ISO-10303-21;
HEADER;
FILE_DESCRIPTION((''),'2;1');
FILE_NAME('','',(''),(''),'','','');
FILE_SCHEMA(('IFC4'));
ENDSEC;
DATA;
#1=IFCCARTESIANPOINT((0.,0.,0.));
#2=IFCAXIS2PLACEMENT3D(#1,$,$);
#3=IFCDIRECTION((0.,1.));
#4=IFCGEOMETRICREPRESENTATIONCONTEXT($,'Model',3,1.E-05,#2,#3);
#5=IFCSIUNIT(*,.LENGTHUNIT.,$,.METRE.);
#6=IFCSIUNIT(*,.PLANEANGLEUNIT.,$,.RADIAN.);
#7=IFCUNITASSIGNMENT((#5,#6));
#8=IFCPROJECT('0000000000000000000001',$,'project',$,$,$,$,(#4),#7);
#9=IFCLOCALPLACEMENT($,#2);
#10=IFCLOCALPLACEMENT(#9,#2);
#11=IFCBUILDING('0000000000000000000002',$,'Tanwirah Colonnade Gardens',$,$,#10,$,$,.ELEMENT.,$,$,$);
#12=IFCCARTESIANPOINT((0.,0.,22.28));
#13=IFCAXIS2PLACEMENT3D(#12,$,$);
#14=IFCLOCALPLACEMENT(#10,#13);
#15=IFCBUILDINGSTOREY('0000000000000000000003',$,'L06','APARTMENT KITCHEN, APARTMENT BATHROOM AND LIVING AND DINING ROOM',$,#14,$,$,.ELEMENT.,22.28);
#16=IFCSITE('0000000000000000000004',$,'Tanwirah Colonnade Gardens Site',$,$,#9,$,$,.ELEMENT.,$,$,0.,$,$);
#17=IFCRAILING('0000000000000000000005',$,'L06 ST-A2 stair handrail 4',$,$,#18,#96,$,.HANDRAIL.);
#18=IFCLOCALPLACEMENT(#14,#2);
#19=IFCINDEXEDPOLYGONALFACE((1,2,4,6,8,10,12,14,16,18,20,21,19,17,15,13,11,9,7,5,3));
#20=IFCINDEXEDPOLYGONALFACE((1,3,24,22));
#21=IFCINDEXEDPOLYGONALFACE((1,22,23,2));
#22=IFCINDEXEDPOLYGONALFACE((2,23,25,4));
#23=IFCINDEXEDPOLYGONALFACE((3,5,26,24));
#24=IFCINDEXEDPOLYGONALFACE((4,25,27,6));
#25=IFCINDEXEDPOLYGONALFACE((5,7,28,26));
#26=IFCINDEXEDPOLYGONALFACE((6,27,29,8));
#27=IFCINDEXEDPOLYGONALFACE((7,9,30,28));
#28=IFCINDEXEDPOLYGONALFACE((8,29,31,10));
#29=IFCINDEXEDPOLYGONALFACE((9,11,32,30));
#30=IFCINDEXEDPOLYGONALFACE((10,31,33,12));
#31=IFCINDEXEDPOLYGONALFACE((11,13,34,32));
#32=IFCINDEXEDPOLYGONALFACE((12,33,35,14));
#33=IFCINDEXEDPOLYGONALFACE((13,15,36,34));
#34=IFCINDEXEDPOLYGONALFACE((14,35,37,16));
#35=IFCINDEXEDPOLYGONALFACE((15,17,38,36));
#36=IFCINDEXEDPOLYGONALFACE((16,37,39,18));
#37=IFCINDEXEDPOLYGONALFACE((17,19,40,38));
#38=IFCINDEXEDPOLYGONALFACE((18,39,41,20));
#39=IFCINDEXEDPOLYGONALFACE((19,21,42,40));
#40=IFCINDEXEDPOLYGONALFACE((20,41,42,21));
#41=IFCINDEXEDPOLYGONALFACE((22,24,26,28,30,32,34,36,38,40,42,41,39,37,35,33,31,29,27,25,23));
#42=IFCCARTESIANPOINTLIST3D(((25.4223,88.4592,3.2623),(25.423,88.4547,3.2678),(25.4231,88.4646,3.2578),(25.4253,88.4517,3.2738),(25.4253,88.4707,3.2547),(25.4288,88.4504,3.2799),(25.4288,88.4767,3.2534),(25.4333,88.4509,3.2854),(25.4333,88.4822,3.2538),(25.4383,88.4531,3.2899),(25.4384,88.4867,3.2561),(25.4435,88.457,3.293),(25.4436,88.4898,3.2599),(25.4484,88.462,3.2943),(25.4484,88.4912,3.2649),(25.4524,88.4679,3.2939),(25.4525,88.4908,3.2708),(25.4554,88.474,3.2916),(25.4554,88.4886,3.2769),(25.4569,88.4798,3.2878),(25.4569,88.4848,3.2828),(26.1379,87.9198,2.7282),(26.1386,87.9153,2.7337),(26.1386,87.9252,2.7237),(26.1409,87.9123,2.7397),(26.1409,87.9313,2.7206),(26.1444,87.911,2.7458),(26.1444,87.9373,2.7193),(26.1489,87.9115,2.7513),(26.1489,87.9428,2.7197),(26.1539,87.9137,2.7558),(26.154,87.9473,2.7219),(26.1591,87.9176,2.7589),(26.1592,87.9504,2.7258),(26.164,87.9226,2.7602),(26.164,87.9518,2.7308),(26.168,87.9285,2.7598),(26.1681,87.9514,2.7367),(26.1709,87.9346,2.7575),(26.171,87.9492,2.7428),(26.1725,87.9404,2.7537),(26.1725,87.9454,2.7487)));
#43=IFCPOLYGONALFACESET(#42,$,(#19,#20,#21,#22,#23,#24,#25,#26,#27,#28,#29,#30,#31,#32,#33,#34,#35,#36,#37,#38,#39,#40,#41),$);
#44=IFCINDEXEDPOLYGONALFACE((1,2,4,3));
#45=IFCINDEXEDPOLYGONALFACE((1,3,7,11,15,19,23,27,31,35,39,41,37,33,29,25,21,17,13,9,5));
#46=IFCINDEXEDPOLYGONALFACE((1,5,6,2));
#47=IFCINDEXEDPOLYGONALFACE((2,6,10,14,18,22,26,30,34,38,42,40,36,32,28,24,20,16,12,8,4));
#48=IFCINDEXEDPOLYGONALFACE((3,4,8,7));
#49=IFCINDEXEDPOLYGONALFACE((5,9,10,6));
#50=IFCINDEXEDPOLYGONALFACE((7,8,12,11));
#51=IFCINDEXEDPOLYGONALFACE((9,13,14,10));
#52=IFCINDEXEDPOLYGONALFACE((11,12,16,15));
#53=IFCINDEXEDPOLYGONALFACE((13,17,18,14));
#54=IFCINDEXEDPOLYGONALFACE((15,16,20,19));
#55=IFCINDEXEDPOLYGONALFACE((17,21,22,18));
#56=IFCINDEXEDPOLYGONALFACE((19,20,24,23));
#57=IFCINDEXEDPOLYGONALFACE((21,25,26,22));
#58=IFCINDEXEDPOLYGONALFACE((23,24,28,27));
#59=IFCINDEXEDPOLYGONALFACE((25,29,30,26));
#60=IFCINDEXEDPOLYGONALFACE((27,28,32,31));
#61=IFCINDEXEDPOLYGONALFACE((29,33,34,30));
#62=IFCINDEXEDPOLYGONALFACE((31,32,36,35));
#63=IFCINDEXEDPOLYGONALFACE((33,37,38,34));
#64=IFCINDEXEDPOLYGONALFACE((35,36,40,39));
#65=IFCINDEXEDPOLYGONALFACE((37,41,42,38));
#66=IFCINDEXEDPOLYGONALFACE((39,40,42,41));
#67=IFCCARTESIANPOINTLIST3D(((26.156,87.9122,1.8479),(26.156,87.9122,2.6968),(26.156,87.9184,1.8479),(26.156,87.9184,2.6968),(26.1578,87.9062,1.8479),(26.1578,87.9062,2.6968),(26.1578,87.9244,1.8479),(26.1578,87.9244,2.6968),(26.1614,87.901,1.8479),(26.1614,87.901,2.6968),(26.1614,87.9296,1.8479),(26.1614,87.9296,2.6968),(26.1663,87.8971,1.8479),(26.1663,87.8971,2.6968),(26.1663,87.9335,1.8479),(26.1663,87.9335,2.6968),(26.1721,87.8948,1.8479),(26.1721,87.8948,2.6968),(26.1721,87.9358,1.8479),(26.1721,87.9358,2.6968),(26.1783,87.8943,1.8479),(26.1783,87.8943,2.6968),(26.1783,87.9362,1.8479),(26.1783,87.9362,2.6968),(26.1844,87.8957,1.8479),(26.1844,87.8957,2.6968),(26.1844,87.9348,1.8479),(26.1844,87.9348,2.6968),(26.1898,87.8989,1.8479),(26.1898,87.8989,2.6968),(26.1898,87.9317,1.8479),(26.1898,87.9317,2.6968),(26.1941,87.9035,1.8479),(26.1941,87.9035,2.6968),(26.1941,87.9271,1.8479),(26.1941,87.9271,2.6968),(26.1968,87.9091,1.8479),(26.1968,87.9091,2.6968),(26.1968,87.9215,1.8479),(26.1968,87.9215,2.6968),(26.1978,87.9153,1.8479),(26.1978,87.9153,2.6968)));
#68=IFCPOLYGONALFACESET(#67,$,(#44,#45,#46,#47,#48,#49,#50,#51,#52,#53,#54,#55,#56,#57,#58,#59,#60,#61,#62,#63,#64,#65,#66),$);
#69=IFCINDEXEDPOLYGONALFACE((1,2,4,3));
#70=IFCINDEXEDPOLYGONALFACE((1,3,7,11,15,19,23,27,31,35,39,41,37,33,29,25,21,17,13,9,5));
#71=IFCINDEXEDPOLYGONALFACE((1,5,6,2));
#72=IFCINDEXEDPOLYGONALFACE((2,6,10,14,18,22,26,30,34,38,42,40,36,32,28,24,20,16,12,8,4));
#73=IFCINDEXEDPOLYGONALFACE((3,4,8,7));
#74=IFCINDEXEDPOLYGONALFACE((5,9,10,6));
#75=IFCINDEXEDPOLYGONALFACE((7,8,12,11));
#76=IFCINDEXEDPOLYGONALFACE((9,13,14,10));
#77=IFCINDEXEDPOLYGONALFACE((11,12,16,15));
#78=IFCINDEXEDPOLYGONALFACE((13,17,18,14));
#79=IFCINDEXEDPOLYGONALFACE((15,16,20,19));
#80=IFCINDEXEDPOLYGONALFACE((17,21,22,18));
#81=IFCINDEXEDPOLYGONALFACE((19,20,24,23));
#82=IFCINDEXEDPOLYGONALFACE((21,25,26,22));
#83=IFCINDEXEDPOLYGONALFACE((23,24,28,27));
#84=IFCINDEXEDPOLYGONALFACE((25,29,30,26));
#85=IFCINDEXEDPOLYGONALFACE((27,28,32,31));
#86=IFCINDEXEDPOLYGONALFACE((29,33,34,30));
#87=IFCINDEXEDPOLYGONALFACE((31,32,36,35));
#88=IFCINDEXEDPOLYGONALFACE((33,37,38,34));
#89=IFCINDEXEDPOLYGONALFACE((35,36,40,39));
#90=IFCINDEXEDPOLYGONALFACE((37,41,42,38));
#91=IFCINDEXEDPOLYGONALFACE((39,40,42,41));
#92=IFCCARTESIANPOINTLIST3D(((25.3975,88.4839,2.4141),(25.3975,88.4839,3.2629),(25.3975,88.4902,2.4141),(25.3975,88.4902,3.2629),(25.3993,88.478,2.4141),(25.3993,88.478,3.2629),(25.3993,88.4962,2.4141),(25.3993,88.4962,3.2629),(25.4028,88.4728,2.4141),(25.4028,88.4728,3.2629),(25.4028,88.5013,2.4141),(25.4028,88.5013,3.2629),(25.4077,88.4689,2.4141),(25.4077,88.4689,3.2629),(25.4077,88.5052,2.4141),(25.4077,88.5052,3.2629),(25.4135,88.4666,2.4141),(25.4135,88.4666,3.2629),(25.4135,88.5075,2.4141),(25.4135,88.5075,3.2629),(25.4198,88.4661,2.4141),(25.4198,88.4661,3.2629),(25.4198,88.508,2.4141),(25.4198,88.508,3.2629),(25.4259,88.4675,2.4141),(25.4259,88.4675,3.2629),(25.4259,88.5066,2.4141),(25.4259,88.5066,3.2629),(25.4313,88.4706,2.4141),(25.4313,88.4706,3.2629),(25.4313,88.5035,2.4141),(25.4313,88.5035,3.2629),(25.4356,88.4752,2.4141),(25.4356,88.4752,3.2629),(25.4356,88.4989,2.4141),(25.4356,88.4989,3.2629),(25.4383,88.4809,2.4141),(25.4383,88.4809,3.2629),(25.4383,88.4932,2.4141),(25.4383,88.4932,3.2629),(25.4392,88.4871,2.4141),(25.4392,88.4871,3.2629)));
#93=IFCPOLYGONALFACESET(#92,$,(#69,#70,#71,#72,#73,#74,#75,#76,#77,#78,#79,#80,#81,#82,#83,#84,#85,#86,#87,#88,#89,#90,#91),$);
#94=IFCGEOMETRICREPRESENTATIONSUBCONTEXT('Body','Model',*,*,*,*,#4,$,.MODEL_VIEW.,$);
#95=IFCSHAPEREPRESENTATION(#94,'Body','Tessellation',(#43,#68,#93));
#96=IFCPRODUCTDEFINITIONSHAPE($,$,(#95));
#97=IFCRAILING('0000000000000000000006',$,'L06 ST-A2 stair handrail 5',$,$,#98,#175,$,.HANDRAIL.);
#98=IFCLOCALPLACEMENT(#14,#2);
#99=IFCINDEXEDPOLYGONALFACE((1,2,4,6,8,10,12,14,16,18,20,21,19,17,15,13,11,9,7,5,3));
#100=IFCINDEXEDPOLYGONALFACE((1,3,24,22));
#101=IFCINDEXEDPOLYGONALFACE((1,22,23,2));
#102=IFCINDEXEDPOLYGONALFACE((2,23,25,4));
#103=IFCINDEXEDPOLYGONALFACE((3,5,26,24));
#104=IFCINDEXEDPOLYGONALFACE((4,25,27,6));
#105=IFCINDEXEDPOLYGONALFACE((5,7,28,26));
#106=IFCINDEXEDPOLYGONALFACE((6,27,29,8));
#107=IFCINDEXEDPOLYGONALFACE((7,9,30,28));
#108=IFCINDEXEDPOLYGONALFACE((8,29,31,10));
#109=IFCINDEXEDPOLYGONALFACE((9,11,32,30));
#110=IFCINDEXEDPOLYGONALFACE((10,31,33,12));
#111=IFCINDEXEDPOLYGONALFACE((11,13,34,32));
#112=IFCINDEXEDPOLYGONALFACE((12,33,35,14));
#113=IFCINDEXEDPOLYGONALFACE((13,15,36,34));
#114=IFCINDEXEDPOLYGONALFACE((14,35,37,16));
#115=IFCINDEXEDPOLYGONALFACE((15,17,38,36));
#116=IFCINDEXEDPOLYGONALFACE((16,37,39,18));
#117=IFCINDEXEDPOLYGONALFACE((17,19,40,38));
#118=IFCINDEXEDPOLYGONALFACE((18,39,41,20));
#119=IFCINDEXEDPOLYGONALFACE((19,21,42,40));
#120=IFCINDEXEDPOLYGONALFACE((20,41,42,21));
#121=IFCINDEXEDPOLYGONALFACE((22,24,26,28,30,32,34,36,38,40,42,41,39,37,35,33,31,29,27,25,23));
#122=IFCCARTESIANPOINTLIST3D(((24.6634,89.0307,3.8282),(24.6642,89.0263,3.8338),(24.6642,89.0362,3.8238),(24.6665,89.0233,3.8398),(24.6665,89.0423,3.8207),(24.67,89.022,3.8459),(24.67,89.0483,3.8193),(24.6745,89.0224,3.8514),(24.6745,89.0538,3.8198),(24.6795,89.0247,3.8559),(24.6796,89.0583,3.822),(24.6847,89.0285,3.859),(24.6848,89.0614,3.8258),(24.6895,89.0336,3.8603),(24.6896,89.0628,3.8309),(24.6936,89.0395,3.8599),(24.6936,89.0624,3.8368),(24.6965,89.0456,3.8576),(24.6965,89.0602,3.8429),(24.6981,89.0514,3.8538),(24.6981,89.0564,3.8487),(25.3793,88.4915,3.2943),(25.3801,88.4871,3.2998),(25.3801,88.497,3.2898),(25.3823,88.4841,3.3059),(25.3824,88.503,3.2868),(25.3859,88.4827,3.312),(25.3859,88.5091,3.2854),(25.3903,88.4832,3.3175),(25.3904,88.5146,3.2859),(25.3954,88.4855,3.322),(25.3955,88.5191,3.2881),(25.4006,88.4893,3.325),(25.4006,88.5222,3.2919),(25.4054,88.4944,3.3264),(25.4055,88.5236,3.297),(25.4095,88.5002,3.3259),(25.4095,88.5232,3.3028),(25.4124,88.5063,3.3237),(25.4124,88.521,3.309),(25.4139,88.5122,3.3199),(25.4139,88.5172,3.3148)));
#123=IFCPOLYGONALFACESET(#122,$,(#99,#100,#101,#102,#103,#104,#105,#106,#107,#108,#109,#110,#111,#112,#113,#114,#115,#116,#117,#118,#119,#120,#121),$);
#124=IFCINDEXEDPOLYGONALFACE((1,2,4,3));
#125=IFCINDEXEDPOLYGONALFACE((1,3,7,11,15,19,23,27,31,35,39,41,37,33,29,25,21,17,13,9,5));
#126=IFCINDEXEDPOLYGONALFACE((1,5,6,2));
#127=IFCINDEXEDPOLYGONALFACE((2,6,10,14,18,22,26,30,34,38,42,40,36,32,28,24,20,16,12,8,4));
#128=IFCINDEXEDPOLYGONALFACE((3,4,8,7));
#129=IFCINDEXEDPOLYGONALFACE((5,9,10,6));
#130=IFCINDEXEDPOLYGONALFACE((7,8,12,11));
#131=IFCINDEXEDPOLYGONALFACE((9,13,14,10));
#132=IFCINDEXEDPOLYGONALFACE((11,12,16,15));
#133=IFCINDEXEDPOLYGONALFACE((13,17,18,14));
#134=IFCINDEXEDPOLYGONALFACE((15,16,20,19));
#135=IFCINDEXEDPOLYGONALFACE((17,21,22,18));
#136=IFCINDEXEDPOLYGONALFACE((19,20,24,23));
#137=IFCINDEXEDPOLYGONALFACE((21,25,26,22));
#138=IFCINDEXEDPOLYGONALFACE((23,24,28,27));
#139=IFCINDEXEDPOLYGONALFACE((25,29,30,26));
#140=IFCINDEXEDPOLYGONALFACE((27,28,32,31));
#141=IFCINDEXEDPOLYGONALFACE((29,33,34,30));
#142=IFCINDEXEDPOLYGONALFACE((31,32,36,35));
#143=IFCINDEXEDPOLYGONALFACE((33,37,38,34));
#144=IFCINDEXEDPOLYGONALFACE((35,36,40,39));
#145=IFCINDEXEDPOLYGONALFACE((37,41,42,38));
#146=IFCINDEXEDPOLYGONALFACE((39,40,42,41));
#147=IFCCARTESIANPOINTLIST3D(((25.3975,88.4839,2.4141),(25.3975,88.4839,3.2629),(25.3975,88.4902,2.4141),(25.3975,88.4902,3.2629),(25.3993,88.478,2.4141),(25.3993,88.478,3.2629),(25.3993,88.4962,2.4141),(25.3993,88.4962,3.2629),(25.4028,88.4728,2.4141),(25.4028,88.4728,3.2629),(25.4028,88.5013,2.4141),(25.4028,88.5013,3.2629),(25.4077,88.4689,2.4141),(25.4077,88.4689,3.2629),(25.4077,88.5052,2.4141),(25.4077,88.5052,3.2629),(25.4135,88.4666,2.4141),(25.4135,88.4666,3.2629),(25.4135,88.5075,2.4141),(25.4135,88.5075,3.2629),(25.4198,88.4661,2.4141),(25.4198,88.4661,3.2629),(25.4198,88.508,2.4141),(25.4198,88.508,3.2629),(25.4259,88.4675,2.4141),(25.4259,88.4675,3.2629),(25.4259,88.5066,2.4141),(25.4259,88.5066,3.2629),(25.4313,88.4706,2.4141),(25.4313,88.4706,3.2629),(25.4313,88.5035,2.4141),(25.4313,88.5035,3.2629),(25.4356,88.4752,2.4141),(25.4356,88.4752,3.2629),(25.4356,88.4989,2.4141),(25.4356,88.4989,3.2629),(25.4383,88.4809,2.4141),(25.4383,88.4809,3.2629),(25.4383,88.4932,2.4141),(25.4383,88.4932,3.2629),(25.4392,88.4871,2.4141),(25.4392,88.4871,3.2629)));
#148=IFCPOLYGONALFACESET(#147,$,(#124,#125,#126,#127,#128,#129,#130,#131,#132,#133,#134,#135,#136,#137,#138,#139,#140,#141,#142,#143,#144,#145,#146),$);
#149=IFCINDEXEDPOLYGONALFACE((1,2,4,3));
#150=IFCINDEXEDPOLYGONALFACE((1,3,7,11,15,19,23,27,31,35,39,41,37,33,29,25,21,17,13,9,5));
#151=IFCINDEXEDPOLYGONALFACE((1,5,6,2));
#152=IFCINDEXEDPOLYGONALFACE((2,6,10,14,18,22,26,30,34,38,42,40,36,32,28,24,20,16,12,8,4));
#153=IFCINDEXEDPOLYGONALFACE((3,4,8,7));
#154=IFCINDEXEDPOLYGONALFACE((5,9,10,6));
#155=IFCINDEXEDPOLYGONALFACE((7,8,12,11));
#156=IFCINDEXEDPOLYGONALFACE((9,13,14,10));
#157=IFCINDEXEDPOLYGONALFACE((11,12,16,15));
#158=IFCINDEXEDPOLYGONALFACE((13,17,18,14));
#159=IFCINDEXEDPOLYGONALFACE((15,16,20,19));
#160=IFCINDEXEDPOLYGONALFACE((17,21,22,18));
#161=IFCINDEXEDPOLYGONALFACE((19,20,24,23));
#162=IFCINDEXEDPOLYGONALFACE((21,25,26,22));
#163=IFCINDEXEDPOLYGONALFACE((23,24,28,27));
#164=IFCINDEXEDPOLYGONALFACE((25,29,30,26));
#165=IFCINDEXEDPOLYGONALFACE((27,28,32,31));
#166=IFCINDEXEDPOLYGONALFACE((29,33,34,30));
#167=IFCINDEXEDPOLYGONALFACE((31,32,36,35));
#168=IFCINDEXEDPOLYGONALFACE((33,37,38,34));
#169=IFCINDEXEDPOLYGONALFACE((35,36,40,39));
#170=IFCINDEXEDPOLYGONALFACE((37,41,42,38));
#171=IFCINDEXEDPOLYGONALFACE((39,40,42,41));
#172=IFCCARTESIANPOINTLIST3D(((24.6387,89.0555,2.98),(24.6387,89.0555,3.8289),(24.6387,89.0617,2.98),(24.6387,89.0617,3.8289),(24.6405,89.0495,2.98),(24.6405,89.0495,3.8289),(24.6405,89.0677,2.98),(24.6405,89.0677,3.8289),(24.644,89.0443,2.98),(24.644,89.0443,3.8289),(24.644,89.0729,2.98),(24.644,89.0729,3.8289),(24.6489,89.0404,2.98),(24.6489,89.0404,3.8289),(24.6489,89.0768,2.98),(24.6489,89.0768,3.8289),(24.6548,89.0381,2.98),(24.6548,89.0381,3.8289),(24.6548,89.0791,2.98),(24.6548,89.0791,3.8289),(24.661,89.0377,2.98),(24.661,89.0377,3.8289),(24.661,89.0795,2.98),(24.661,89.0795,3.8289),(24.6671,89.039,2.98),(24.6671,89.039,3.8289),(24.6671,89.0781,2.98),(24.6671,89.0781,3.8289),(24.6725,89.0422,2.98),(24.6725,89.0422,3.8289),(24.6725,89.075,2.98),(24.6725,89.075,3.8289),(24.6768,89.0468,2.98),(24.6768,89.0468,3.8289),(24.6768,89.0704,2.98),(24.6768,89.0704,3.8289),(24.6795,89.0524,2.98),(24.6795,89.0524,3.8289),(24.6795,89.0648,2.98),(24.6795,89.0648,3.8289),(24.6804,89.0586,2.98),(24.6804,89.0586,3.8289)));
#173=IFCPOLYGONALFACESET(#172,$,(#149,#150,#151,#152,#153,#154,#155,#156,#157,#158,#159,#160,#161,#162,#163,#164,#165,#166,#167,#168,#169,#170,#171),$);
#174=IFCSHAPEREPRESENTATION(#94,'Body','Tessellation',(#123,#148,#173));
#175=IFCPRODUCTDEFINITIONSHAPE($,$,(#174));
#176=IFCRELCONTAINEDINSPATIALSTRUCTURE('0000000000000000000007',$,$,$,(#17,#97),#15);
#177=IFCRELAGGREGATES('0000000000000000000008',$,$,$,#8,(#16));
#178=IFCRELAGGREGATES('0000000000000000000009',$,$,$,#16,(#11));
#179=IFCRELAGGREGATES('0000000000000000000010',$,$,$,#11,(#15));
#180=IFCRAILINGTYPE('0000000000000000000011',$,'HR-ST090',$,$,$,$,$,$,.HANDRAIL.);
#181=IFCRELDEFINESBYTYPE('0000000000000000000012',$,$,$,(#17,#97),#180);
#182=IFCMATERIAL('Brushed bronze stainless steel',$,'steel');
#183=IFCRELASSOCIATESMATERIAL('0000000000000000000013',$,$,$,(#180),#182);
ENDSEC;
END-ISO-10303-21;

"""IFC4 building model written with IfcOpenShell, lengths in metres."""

from ifc_helpers import new_model, si_unit, direction, frame, origin, origin_2d, place, context, subcontext, project, spatial, circle, extrude, material, type_object, element, save


model = new_model("IFC4")

# Units and contexts
model_context = context("Model", 3, precision=1e-05, world=origin(), true_north=direction((0.0, 1.0)))
body_context = subcontext(model_context, "Body", "Model", "MODEL_VIEW")
ifc_project = project(units=[si_unit("LENGTHUNIT", "METRE"), si_unit("PLANEANGLEUNIT", "RADIAN")], contexts=[model_context])

# Site, building, storey
site_placement = place(None, origin())
site = spatial("IfcSite", under=ifc_project, at=site_placement, Name="Tanwirah Colonnade Gardens Site", CompositionType="ELEMENT", RefElevation=0.0)
building_placement = place(site_placement, origin())
building = spatial("IfcBuilding", under=site, at=building_placement, Name="Tanwirah Colonnade Gardens", CompositionType="ELEMENT")
storey_placement = place(building_placement, frame((0.0, 0.0, 22.28)))
storey = spatial("IfcBuildingStorey", under=building, at=storey_placement, Name="L06", Description="APARTMENT KITCHEN, APARTMENT BATHROOM AND LIVING AND DINING ROOM", CompositionType="ELEMENT", Elevation=22.28)

# Railings
ifc_material_1 = material(Name="Brushed bronze stainless steel", Category="steel")
railing_type_1 = type_object("IfcRailingType", Name="HR-ST090", PredefinedType="HANDRAIL", material=ifc_material_1)
railing_1_placement = place(storey_placement, frame((26.1768, 87.9153, 1.8479)))
element("IfcRailing", 1, at=railing_1_placement, inside=storey, type_object=railing_type_1, Name="L06 ST-A2 stair handrail 4", PredefinedType="HANDRAIL", context=body_context, shape_type="SweptSolid", body=[
    extrude(circle(Radius=0.0239, at=origin_2d()), frame((-0.0215, 0.0161, 0.8918), z_axis=(-0.685951, 0.517057, 0.511979), x_axis=(-0.601931, -0.798548, 0.0)), (0.0, 0.0, 1.0), 1.0432),
    extrude(circle(Radius=0.021, at=origin_2d()), origin(), (0.0, 0.0, 1.0), 0.8489),
    extrude(circle(Radius=0.021, at=origin_2d()), frame((-0.7585, 0.5718, 0.5662)), (0.0, 0.0, 1.0), 0.8489),
])
railing_2_placement = place(storey_placement, frame((25.4182, 88.4871, 2.4141)))
element("IfcRailing", 2, at=railing_2_placement, inside=storey, type_object=railing_type_1, Name="L06 ST-A2 stair handrail 5", PredefinedType="HANDRAIL", context=body_context, shape_type="SweptSolid", body=[
    extrude(circle(Radius=0.0239, at=origin_2d()), frame((-0.0215, 0.0161, 0.8918), z_axis=(-0.686224, 0.516876, 0.511797), x_axis=(-0.601644, -0.798765, 0.0)), (0.0, 0.0, 1.0), 1.0432),
    extrude(circle(Radius=0.021, at=origin_2d()), origin(), (0.0, 0.0, 1.0), 0.8489),
    extrude(circle(Radius=0.021, at=origin_2d()), frame((-0.7588, 0.5715, 0.5659)), (0.0, 0.0, 1.0), 0.8489),
])

save(model, "model.ifc")
